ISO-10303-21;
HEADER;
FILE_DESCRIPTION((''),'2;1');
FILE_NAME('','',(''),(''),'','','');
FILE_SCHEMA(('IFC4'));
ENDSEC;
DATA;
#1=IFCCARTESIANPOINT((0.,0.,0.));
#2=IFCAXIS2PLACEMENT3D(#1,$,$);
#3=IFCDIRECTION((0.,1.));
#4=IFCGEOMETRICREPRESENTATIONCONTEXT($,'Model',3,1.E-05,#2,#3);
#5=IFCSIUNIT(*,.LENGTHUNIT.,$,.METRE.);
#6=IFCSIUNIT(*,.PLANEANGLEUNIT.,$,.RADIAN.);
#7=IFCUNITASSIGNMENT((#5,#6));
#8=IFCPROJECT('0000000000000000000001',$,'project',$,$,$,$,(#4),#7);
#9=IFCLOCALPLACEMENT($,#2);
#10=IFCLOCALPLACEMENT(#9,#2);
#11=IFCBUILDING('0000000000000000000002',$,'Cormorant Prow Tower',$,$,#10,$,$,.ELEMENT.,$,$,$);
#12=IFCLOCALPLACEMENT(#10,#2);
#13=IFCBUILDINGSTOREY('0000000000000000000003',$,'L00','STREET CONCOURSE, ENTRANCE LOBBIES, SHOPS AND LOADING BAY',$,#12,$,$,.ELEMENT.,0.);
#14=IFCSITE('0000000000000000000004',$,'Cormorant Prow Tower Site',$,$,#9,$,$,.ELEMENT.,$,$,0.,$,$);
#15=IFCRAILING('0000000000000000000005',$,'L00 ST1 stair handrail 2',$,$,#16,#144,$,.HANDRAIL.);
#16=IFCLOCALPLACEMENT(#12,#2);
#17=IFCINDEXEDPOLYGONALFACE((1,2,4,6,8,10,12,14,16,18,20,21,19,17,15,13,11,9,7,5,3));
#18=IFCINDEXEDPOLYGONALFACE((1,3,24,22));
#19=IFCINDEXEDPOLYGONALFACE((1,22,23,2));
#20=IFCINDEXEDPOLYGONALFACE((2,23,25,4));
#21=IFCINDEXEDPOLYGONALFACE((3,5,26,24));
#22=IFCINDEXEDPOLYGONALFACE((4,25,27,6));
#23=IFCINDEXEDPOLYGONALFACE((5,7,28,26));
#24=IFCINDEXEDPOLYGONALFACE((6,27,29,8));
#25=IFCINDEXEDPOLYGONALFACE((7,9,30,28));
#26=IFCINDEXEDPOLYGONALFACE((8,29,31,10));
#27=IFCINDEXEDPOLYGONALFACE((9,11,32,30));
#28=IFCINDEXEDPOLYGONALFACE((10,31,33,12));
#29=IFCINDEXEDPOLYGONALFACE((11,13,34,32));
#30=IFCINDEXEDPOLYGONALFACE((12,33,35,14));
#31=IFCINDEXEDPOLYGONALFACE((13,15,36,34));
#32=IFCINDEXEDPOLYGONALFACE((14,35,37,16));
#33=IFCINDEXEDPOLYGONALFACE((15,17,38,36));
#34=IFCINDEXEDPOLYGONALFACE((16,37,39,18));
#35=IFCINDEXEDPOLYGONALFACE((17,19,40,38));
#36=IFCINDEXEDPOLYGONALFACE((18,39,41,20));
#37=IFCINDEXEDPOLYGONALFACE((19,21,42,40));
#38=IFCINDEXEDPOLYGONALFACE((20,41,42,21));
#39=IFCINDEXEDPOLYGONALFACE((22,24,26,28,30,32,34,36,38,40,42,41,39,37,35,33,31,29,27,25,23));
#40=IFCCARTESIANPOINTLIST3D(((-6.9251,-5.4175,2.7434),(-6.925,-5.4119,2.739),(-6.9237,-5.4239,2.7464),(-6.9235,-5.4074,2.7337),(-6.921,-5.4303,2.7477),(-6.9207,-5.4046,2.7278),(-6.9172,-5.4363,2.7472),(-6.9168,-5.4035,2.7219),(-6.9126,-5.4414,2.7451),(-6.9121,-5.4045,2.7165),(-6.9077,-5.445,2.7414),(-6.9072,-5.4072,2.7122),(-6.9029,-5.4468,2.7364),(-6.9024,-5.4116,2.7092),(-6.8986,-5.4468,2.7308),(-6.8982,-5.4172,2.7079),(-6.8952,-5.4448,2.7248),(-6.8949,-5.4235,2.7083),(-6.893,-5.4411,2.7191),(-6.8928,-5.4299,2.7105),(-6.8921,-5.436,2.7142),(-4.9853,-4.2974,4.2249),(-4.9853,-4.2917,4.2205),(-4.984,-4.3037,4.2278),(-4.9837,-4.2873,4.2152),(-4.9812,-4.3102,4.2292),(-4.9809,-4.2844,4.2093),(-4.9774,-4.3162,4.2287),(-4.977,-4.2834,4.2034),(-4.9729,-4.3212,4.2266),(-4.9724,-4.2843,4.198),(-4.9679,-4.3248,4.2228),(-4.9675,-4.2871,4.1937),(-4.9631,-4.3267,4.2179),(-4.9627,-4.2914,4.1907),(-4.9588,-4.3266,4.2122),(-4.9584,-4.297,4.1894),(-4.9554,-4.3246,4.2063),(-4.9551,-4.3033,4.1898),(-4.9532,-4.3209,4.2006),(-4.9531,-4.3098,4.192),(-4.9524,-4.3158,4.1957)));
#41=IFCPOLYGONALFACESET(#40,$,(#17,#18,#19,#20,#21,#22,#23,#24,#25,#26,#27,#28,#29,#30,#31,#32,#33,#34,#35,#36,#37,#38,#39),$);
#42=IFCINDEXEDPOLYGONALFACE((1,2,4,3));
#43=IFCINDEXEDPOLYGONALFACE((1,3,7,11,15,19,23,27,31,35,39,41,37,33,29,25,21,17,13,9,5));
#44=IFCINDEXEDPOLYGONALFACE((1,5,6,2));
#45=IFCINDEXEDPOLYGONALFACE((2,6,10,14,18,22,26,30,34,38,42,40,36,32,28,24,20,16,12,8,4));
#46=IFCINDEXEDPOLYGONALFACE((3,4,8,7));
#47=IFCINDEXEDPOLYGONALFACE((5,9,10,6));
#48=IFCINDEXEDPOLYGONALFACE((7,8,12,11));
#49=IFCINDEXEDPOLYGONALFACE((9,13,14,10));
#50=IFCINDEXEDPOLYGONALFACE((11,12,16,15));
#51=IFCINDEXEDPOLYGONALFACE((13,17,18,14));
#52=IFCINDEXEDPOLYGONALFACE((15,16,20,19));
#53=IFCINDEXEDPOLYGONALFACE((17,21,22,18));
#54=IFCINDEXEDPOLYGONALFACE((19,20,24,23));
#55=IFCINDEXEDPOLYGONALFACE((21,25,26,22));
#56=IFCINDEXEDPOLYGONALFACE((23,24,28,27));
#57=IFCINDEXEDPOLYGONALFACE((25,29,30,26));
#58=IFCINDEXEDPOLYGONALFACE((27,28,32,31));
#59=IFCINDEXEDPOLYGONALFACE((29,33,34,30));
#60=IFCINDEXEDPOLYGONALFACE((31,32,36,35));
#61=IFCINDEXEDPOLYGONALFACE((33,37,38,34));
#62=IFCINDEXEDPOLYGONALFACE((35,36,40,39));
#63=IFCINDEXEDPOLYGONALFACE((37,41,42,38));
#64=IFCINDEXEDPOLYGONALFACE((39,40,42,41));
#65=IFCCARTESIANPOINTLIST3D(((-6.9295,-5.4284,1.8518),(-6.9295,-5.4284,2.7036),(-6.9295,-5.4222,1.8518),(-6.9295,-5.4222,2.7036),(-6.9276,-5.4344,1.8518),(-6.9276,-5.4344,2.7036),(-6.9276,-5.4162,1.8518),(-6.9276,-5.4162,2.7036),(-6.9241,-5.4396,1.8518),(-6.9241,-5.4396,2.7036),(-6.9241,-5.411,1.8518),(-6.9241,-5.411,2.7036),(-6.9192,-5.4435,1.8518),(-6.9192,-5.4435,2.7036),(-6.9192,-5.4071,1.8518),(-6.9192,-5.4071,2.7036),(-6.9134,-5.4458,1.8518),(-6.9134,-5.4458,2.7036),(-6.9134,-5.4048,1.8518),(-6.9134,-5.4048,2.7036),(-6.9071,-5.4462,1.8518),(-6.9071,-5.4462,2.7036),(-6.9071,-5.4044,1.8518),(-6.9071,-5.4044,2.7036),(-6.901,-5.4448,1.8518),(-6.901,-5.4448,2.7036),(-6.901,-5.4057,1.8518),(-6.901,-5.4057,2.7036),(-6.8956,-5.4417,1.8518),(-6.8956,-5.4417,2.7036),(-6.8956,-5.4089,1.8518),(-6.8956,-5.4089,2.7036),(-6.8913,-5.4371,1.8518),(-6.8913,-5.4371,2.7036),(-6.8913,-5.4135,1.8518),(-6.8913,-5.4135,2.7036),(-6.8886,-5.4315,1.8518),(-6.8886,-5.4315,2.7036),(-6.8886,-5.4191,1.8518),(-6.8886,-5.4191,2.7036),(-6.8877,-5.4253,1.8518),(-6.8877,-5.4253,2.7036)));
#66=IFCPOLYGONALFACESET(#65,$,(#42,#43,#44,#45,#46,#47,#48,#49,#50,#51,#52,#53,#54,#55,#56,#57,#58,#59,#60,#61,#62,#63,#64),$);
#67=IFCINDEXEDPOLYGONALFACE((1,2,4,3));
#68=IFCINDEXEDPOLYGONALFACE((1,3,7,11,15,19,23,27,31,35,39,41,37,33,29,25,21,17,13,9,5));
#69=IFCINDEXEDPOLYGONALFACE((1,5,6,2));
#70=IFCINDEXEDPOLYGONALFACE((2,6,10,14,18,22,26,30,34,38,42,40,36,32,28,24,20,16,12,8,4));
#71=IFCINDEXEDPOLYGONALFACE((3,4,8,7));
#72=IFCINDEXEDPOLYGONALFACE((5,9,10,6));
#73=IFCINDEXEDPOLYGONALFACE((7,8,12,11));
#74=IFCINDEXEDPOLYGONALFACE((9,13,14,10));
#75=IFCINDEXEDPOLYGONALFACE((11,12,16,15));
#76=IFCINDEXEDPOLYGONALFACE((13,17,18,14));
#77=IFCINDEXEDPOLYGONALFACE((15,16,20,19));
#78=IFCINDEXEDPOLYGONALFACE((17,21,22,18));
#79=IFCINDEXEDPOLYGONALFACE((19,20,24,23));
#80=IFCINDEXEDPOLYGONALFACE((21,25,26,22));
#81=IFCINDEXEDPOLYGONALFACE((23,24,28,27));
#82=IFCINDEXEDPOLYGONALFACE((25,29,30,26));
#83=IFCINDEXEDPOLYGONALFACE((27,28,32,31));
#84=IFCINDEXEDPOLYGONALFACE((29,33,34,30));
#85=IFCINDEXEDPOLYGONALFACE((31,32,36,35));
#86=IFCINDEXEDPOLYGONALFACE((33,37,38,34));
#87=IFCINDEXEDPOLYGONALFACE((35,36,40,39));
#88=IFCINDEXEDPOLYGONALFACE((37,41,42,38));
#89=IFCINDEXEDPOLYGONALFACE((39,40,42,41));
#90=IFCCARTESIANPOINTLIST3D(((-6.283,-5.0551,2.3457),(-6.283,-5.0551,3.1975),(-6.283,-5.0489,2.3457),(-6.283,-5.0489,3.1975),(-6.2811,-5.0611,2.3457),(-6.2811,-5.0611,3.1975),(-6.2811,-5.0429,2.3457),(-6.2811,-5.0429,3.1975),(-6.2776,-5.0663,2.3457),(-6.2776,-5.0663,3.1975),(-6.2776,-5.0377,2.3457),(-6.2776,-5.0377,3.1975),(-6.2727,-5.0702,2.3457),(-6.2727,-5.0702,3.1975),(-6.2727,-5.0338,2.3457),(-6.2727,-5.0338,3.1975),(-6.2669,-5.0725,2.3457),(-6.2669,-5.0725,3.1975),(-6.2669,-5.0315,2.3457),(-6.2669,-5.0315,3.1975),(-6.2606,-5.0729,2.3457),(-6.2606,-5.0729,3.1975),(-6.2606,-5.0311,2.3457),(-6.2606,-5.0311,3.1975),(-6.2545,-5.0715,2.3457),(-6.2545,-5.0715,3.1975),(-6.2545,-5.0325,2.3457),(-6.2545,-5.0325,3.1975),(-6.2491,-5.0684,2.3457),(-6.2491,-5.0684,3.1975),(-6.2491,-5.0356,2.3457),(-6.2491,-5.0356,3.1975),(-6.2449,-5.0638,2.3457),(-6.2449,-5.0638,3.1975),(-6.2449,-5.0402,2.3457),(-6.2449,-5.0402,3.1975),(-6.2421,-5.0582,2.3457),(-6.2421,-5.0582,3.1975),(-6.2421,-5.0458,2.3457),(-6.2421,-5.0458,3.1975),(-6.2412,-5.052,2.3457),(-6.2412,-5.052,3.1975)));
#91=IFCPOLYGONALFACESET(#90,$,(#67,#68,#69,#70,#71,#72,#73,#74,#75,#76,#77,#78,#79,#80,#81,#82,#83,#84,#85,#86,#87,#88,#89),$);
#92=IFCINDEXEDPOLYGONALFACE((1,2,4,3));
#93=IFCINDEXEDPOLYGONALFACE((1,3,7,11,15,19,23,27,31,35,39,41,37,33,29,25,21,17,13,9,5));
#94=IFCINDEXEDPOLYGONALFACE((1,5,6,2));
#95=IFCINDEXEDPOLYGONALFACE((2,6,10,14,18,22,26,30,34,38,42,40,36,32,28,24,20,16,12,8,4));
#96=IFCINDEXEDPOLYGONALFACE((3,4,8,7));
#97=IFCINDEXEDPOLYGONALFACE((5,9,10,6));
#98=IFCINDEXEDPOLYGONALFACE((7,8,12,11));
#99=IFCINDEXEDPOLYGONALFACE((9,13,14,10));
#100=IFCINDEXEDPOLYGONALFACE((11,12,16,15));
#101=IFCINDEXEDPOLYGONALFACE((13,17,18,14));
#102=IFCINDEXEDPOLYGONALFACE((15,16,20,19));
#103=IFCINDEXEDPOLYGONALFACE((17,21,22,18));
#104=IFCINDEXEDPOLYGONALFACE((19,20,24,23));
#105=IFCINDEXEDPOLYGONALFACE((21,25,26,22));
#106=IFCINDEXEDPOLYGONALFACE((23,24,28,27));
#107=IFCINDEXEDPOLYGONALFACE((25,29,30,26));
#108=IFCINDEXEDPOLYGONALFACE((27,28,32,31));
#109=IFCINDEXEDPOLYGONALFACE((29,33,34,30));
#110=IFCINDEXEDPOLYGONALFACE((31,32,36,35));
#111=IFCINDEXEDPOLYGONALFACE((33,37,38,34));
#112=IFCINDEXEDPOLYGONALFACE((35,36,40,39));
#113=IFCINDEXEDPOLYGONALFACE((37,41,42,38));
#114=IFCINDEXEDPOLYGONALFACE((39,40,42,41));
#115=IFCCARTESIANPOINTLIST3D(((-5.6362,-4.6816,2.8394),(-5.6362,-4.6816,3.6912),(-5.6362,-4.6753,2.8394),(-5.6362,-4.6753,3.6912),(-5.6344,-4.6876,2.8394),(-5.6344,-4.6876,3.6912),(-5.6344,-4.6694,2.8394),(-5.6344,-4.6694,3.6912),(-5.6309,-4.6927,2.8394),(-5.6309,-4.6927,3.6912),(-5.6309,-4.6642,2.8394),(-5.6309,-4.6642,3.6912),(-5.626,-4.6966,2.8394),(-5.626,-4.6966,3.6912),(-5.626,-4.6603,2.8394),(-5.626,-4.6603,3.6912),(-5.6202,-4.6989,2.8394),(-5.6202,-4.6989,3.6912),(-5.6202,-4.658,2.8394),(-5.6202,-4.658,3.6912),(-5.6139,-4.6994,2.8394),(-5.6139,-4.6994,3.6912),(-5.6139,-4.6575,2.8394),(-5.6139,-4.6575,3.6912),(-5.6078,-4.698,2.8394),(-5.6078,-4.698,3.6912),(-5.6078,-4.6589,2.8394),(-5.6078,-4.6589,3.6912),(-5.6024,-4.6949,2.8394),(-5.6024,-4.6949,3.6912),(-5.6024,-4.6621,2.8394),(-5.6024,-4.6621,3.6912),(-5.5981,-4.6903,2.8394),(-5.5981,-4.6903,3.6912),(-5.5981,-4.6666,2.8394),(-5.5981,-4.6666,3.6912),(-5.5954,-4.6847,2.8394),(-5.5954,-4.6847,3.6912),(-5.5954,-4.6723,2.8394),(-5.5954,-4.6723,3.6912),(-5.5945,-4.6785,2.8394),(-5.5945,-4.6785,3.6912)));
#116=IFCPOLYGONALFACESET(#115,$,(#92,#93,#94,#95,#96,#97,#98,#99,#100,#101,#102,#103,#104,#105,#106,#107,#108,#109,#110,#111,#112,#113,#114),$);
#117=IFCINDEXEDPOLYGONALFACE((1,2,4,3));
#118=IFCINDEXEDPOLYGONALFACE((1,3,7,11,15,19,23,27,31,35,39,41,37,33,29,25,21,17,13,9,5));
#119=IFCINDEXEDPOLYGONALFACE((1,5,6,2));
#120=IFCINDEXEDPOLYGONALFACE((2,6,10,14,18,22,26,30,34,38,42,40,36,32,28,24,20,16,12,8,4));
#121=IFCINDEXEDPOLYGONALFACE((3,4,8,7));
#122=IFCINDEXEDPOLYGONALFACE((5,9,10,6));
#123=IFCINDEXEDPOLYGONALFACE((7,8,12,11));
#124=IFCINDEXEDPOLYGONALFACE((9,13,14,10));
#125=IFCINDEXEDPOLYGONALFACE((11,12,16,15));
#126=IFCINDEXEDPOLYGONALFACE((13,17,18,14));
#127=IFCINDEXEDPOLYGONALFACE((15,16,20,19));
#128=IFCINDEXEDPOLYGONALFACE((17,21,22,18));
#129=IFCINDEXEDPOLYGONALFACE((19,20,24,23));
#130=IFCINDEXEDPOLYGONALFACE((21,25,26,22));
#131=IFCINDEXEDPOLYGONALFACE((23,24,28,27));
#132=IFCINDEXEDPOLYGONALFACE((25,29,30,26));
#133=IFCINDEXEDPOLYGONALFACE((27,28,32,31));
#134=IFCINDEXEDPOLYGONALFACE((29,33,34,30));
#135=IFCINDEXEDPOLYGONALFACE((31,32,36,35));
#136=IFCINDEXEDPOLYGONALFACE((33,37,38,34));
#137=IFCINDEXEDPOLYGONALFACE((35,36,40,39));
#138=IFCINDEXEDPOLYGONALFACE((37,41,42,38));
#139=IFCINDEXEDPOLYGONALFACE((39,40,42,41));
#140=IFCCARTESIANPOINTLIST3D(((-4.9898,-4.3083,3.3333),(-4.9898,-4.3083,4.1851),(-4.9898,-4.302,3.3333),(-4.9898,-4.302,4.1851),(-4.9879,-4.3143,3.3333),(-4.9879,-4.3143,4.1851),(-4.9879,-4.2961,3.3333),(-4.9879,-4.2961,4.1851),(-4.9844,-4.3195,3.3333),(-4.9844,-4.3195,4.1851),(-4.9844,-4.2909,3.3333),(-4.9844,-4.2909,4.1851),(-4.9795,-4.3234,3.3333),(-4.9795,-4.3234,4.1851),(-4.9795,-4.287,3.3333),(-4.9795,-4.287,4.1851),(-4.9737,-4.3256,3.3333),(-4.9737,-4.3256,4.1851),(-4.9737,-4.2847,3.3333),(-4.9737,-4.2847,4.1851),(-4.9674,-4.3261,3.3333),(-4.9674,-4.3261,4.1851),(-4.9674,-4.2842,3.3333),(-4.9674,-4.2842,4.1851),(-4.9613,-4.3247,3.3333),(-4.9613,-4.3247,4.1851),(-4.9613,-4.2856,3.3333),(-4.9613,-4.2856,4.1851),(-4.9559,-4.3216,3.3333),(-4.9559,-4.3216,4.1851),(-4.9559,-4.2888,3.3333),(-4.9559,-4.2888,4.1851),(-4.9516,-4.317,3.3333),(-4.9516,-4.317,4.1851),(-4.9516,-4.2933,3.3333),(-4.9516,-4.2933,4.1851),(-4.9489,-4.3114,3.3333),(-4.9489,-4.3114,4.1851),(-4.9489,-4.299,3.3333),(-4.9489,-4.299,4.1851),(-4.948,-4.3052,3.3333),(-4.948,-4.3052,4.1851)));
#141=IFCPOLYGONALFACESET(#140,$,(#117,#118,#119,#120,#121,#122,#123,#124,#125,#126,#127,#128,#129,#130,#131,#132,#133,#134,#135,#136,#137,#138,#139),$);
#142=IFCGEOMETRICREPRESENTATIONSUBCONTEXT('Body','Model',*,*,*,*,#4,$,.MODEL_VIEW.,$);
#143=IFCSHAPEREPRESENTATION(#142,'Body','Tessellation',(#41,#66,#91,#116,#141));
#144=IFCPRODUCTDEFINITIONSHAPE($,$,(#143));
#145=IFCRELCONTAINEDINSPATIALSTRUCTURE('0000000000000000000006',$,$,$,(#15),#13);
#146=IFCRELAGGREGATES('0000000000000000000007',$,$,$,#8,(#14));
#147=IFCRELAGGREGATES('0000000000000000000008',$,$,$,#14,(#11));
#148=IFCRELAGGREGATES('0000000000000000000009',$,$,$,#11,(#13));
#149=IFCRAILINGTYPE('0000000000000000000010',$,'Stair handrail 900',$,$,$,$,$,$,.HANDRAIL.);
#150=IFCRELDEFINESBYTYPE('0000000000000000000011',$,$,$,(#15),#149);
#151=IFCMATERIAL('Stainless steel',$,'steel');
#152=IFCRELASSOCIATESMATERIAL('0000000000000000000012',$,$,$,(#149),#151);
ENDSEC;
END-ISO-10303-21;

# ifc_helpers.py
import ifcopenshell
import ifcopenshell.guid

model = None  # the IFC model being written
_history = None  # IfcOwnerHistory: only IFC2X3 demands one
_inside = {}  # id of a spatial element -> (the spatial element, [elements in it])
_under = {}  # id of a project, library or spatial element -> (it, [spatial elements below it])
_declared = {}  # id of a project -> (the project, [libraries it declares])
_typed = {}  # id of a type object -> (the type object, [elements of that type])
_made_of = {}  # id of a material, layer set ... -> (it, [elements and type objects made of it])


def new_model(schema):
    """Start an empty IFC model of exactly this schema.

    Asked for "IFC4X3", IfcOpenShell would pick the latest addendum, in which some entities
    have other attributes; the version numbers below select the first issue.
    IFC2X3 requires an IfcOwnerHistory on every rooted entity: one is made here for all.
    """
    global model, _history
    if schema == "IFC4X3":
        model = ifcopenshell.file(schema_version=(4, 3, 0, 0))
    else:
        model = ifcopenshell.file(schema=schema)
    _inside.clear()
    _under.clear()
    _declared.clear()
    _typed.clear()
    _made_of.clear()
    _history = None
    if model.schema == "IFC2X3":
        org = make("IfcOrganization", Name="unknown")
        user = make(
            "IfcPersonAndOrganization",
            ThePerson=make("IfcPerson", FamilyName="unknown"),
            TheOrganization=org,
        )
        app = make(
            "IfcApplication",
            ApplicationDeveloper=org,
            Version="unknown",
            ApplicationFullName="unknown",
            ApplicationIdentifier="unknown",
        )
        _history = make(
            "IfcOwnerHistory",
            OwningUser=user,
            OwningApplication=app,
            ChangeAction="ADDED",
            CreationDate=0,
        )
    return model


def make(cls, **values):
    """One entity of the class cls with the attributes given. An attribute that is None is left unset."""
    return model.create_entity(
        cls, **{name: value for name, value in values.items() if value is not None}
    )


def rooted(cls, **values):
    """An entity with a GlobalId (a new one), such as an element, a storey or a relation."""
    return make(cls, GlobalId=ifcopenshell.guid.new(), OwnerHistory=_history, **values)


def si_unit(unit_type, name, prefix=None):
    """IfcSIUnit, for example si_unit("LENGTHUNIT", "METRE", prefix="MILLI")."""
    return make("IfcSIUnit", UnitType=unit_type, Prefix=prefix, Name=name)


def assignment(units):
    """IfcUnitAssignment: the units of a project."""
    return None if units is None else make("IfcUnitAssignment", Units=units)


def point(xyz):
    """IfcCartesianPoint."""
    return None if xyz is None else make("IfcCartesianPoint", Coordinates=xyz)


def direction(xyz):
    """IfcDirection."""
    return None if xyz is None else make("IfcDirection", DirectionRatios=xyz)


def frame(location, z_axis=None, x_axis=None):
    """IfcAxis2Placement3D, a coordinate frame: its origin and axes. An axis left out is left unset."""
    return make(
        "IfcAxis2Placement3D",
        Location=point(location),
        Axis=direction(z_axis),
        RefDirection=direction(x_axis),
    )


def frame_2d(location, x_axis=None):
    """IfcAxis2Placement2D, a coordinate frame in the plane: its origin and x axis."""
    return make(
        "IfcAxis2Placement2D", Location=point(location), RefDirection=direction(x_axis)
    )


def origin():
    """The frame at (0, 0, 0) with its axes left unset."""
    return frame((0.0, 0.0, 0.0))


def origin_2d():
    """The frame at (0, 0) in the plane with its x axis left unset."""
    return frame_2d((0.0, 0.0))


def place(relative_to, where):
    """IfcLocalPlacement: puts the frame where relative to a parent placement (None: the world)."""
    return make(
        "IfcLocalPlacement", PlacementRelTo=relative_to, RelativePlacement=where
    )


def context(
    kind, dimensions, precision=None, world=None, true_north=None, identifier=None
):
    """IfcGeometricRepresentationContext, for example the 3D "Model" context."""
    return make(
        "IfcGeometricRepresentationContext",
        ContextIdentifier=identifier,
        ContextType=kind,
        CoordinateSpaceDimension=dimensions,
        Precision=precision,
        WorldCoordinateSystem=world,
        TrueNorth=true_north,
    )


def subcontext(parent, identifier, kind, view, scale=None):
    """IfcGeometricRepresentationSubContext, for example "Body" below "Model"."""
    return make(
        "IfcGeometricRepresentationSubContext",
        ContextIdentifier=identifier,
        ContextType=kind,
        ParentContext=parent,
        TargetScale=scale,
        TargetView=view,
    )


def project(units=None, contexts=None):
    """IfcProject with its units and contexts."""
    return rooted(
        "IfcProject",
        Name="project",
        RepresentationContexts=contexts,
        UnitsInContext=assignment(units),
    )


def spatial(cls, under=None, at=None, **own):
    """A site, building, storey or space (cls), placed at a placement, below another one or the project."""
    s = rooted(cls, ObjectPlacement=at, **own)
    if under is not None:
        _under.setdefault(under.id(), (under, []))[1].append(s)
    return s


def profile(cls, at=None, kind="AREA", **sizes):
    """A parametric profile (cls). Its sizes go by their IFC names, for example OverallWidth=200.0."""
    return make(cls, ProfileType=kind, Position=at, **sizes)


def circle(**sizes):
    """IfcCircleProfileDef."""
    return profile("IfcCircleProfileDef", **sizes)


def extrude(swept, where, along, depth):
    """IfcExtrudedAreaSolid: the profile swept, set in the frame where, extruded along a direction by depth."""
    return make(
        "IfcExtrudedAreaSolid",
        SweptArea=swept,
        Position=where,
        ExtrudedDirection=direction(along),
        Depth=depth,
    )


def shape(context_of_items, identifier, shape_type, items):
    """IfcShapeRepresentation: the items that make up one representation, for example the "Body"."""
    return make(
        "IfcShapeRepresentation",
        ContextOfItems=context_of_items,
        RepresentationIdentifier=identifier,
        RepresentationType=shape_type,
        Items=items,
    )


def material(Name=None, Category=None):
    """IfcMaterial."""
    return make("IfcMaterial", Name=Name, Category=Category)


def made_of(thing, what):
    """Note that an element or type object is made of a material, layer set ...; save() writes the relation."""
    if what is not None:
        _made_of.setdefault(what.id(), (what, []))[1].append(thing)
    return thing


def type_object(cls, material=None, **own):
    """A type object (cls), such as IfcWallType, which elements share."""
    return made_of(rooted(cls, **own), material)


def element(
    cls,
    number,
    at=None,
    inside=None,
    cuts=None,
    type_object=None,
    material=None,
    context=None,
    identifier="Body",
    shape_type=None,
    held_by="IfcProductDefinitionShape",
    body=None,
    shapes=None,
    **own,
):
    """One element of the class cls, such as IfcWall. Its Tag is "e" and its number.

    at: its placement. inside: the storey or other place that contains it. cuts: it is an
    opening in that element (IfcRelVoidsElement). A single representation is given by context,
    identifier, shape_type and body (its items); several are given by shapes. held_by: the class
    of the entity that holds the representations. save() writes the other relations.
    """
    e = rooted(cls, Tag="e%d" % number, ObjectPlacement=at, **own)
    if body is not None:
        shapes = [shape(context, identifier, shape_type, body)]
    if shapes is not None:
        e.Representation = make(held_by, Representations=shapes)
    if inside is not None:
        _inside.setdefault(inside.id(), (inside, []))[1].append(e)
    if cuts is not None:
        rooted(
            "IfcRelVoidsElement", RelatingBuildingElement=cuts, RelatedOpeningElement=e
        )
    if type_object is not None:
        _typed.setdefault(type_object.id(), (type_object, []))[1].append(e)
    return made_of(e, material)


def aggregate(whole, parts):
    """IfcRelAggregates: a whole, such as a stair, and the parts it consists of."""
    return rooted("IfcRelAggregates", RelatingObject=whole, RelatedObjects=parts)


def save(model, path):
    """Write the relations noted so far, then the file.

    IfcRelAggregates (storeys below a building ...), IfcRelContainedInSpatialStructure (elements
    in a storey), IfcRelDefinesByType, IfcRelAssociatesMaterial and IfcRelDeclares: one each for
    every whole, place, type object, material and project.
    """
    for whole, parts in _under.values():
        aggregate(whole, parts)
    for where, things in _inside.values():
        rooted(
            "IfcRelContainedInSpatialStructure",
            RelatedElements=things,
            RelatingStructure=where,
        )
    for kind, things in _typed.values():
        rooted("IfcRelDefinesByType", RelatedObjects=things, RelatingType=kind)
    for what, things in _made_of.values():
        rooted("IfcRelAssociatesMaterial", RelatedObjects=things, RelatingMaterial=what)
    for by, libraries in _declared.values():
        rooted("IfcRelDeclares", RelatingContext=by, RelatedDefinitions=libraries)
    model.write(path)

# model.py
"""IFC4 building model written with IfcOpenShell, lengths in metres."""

from ifc_helpers import new_model, si_unit, direction, frame, origin, origin_2d, place, context, subcontext, project, spatial, circle, extrude, material, type_object, element, save


model = new_model("IFC4")

# Units and contexts
model_context = context("Model", 3, precision=1e-05, world=origin(), true_north=direction((0.0, 1.0)))
body_context = subcontext(model_context, "Body", "Model", "MODEL_VIEW")
ifc_project = project(units=[si_unit("LENGTHUNIT", "METRE"), si_unit("PLANEANGLEUNIT", "RADIAN")], contexts=[model_context])

# Site, building, storey
site_placement = place(None, origin())
site = spatial("IfcSite", under=ifc_project, at=site_placement, Name="Cormorant Prow Tower Site", CompositionType="ELEMENT", RefElevation=0.0)
building_placement = place(site_placement, origin())
building = spatial("IfcBuilding", under=site, at=building_placement, Name="Cormorant Prow Tower", CompositionType="ELEMENT")
storey_placement = place(building_placement, origin())
storey = spatial("IfcBuildingStorey", under=building, at=storey_placement, Name="L00", Description="STREET CONCOURSE, ENTRANCE LOBBIES, SHOPS AND LOADING BAY", CompositionType="ELEMENT", Elevation=0.0)

# Railing
ifc_material_1 = material(Name="Stainless steel", Category="steel")
railing_type_1 = type_object("IfcRailingType", Name="Stair handrail 900", PredefinedType="HANDRAIL", material=ifc_material_1)
railing_1_placement = place(storey_placement, frame((-6.9087, -5.4253, 1.8518)))
element("IfcRailing", 1, at=railing_1_placement, inside=storey, type_object=railing_type_1, Name="L00 ST1 stair handrail 2", PredefinedType="HANDRAIL", context=body_context, shape_type="SweptSolid", body=[
    extrude(circle(Radius=0.0239, at=origin_2d()), frame((0.0, 0.0, 0.876), z_axis=(0.722292, 0.417102, 0.551651), x_axis=(-0.500078, 0.86598, 0.0)), (0.0, 0.0, 1.0), 2.6855),
    extrude(circle(Radius=0.021, at=origin_2d()), origin(), (0.0, 0.0, 1.0), 0.8518),
    extrude(circle(Radius=0.021, at=origin_2d()), frame((0.6465, 0.3733, 0.4939)), (0.0, 0.0, 1.0), 0.8518),
    extrude(circle(Radius=0.021, at=origin_2d()), frame((1.2932, 0.7468, 0.9875)), (0.0, 0.0, 1.0), 0.8518),
    extrude(circle(Radius=0.021, at=origin_2d()), frame((1.9397, 1.1201, 1.4814)), (0.0, 0.0, 1.0), 0.8518),
])

save(model, "model.ifc")
